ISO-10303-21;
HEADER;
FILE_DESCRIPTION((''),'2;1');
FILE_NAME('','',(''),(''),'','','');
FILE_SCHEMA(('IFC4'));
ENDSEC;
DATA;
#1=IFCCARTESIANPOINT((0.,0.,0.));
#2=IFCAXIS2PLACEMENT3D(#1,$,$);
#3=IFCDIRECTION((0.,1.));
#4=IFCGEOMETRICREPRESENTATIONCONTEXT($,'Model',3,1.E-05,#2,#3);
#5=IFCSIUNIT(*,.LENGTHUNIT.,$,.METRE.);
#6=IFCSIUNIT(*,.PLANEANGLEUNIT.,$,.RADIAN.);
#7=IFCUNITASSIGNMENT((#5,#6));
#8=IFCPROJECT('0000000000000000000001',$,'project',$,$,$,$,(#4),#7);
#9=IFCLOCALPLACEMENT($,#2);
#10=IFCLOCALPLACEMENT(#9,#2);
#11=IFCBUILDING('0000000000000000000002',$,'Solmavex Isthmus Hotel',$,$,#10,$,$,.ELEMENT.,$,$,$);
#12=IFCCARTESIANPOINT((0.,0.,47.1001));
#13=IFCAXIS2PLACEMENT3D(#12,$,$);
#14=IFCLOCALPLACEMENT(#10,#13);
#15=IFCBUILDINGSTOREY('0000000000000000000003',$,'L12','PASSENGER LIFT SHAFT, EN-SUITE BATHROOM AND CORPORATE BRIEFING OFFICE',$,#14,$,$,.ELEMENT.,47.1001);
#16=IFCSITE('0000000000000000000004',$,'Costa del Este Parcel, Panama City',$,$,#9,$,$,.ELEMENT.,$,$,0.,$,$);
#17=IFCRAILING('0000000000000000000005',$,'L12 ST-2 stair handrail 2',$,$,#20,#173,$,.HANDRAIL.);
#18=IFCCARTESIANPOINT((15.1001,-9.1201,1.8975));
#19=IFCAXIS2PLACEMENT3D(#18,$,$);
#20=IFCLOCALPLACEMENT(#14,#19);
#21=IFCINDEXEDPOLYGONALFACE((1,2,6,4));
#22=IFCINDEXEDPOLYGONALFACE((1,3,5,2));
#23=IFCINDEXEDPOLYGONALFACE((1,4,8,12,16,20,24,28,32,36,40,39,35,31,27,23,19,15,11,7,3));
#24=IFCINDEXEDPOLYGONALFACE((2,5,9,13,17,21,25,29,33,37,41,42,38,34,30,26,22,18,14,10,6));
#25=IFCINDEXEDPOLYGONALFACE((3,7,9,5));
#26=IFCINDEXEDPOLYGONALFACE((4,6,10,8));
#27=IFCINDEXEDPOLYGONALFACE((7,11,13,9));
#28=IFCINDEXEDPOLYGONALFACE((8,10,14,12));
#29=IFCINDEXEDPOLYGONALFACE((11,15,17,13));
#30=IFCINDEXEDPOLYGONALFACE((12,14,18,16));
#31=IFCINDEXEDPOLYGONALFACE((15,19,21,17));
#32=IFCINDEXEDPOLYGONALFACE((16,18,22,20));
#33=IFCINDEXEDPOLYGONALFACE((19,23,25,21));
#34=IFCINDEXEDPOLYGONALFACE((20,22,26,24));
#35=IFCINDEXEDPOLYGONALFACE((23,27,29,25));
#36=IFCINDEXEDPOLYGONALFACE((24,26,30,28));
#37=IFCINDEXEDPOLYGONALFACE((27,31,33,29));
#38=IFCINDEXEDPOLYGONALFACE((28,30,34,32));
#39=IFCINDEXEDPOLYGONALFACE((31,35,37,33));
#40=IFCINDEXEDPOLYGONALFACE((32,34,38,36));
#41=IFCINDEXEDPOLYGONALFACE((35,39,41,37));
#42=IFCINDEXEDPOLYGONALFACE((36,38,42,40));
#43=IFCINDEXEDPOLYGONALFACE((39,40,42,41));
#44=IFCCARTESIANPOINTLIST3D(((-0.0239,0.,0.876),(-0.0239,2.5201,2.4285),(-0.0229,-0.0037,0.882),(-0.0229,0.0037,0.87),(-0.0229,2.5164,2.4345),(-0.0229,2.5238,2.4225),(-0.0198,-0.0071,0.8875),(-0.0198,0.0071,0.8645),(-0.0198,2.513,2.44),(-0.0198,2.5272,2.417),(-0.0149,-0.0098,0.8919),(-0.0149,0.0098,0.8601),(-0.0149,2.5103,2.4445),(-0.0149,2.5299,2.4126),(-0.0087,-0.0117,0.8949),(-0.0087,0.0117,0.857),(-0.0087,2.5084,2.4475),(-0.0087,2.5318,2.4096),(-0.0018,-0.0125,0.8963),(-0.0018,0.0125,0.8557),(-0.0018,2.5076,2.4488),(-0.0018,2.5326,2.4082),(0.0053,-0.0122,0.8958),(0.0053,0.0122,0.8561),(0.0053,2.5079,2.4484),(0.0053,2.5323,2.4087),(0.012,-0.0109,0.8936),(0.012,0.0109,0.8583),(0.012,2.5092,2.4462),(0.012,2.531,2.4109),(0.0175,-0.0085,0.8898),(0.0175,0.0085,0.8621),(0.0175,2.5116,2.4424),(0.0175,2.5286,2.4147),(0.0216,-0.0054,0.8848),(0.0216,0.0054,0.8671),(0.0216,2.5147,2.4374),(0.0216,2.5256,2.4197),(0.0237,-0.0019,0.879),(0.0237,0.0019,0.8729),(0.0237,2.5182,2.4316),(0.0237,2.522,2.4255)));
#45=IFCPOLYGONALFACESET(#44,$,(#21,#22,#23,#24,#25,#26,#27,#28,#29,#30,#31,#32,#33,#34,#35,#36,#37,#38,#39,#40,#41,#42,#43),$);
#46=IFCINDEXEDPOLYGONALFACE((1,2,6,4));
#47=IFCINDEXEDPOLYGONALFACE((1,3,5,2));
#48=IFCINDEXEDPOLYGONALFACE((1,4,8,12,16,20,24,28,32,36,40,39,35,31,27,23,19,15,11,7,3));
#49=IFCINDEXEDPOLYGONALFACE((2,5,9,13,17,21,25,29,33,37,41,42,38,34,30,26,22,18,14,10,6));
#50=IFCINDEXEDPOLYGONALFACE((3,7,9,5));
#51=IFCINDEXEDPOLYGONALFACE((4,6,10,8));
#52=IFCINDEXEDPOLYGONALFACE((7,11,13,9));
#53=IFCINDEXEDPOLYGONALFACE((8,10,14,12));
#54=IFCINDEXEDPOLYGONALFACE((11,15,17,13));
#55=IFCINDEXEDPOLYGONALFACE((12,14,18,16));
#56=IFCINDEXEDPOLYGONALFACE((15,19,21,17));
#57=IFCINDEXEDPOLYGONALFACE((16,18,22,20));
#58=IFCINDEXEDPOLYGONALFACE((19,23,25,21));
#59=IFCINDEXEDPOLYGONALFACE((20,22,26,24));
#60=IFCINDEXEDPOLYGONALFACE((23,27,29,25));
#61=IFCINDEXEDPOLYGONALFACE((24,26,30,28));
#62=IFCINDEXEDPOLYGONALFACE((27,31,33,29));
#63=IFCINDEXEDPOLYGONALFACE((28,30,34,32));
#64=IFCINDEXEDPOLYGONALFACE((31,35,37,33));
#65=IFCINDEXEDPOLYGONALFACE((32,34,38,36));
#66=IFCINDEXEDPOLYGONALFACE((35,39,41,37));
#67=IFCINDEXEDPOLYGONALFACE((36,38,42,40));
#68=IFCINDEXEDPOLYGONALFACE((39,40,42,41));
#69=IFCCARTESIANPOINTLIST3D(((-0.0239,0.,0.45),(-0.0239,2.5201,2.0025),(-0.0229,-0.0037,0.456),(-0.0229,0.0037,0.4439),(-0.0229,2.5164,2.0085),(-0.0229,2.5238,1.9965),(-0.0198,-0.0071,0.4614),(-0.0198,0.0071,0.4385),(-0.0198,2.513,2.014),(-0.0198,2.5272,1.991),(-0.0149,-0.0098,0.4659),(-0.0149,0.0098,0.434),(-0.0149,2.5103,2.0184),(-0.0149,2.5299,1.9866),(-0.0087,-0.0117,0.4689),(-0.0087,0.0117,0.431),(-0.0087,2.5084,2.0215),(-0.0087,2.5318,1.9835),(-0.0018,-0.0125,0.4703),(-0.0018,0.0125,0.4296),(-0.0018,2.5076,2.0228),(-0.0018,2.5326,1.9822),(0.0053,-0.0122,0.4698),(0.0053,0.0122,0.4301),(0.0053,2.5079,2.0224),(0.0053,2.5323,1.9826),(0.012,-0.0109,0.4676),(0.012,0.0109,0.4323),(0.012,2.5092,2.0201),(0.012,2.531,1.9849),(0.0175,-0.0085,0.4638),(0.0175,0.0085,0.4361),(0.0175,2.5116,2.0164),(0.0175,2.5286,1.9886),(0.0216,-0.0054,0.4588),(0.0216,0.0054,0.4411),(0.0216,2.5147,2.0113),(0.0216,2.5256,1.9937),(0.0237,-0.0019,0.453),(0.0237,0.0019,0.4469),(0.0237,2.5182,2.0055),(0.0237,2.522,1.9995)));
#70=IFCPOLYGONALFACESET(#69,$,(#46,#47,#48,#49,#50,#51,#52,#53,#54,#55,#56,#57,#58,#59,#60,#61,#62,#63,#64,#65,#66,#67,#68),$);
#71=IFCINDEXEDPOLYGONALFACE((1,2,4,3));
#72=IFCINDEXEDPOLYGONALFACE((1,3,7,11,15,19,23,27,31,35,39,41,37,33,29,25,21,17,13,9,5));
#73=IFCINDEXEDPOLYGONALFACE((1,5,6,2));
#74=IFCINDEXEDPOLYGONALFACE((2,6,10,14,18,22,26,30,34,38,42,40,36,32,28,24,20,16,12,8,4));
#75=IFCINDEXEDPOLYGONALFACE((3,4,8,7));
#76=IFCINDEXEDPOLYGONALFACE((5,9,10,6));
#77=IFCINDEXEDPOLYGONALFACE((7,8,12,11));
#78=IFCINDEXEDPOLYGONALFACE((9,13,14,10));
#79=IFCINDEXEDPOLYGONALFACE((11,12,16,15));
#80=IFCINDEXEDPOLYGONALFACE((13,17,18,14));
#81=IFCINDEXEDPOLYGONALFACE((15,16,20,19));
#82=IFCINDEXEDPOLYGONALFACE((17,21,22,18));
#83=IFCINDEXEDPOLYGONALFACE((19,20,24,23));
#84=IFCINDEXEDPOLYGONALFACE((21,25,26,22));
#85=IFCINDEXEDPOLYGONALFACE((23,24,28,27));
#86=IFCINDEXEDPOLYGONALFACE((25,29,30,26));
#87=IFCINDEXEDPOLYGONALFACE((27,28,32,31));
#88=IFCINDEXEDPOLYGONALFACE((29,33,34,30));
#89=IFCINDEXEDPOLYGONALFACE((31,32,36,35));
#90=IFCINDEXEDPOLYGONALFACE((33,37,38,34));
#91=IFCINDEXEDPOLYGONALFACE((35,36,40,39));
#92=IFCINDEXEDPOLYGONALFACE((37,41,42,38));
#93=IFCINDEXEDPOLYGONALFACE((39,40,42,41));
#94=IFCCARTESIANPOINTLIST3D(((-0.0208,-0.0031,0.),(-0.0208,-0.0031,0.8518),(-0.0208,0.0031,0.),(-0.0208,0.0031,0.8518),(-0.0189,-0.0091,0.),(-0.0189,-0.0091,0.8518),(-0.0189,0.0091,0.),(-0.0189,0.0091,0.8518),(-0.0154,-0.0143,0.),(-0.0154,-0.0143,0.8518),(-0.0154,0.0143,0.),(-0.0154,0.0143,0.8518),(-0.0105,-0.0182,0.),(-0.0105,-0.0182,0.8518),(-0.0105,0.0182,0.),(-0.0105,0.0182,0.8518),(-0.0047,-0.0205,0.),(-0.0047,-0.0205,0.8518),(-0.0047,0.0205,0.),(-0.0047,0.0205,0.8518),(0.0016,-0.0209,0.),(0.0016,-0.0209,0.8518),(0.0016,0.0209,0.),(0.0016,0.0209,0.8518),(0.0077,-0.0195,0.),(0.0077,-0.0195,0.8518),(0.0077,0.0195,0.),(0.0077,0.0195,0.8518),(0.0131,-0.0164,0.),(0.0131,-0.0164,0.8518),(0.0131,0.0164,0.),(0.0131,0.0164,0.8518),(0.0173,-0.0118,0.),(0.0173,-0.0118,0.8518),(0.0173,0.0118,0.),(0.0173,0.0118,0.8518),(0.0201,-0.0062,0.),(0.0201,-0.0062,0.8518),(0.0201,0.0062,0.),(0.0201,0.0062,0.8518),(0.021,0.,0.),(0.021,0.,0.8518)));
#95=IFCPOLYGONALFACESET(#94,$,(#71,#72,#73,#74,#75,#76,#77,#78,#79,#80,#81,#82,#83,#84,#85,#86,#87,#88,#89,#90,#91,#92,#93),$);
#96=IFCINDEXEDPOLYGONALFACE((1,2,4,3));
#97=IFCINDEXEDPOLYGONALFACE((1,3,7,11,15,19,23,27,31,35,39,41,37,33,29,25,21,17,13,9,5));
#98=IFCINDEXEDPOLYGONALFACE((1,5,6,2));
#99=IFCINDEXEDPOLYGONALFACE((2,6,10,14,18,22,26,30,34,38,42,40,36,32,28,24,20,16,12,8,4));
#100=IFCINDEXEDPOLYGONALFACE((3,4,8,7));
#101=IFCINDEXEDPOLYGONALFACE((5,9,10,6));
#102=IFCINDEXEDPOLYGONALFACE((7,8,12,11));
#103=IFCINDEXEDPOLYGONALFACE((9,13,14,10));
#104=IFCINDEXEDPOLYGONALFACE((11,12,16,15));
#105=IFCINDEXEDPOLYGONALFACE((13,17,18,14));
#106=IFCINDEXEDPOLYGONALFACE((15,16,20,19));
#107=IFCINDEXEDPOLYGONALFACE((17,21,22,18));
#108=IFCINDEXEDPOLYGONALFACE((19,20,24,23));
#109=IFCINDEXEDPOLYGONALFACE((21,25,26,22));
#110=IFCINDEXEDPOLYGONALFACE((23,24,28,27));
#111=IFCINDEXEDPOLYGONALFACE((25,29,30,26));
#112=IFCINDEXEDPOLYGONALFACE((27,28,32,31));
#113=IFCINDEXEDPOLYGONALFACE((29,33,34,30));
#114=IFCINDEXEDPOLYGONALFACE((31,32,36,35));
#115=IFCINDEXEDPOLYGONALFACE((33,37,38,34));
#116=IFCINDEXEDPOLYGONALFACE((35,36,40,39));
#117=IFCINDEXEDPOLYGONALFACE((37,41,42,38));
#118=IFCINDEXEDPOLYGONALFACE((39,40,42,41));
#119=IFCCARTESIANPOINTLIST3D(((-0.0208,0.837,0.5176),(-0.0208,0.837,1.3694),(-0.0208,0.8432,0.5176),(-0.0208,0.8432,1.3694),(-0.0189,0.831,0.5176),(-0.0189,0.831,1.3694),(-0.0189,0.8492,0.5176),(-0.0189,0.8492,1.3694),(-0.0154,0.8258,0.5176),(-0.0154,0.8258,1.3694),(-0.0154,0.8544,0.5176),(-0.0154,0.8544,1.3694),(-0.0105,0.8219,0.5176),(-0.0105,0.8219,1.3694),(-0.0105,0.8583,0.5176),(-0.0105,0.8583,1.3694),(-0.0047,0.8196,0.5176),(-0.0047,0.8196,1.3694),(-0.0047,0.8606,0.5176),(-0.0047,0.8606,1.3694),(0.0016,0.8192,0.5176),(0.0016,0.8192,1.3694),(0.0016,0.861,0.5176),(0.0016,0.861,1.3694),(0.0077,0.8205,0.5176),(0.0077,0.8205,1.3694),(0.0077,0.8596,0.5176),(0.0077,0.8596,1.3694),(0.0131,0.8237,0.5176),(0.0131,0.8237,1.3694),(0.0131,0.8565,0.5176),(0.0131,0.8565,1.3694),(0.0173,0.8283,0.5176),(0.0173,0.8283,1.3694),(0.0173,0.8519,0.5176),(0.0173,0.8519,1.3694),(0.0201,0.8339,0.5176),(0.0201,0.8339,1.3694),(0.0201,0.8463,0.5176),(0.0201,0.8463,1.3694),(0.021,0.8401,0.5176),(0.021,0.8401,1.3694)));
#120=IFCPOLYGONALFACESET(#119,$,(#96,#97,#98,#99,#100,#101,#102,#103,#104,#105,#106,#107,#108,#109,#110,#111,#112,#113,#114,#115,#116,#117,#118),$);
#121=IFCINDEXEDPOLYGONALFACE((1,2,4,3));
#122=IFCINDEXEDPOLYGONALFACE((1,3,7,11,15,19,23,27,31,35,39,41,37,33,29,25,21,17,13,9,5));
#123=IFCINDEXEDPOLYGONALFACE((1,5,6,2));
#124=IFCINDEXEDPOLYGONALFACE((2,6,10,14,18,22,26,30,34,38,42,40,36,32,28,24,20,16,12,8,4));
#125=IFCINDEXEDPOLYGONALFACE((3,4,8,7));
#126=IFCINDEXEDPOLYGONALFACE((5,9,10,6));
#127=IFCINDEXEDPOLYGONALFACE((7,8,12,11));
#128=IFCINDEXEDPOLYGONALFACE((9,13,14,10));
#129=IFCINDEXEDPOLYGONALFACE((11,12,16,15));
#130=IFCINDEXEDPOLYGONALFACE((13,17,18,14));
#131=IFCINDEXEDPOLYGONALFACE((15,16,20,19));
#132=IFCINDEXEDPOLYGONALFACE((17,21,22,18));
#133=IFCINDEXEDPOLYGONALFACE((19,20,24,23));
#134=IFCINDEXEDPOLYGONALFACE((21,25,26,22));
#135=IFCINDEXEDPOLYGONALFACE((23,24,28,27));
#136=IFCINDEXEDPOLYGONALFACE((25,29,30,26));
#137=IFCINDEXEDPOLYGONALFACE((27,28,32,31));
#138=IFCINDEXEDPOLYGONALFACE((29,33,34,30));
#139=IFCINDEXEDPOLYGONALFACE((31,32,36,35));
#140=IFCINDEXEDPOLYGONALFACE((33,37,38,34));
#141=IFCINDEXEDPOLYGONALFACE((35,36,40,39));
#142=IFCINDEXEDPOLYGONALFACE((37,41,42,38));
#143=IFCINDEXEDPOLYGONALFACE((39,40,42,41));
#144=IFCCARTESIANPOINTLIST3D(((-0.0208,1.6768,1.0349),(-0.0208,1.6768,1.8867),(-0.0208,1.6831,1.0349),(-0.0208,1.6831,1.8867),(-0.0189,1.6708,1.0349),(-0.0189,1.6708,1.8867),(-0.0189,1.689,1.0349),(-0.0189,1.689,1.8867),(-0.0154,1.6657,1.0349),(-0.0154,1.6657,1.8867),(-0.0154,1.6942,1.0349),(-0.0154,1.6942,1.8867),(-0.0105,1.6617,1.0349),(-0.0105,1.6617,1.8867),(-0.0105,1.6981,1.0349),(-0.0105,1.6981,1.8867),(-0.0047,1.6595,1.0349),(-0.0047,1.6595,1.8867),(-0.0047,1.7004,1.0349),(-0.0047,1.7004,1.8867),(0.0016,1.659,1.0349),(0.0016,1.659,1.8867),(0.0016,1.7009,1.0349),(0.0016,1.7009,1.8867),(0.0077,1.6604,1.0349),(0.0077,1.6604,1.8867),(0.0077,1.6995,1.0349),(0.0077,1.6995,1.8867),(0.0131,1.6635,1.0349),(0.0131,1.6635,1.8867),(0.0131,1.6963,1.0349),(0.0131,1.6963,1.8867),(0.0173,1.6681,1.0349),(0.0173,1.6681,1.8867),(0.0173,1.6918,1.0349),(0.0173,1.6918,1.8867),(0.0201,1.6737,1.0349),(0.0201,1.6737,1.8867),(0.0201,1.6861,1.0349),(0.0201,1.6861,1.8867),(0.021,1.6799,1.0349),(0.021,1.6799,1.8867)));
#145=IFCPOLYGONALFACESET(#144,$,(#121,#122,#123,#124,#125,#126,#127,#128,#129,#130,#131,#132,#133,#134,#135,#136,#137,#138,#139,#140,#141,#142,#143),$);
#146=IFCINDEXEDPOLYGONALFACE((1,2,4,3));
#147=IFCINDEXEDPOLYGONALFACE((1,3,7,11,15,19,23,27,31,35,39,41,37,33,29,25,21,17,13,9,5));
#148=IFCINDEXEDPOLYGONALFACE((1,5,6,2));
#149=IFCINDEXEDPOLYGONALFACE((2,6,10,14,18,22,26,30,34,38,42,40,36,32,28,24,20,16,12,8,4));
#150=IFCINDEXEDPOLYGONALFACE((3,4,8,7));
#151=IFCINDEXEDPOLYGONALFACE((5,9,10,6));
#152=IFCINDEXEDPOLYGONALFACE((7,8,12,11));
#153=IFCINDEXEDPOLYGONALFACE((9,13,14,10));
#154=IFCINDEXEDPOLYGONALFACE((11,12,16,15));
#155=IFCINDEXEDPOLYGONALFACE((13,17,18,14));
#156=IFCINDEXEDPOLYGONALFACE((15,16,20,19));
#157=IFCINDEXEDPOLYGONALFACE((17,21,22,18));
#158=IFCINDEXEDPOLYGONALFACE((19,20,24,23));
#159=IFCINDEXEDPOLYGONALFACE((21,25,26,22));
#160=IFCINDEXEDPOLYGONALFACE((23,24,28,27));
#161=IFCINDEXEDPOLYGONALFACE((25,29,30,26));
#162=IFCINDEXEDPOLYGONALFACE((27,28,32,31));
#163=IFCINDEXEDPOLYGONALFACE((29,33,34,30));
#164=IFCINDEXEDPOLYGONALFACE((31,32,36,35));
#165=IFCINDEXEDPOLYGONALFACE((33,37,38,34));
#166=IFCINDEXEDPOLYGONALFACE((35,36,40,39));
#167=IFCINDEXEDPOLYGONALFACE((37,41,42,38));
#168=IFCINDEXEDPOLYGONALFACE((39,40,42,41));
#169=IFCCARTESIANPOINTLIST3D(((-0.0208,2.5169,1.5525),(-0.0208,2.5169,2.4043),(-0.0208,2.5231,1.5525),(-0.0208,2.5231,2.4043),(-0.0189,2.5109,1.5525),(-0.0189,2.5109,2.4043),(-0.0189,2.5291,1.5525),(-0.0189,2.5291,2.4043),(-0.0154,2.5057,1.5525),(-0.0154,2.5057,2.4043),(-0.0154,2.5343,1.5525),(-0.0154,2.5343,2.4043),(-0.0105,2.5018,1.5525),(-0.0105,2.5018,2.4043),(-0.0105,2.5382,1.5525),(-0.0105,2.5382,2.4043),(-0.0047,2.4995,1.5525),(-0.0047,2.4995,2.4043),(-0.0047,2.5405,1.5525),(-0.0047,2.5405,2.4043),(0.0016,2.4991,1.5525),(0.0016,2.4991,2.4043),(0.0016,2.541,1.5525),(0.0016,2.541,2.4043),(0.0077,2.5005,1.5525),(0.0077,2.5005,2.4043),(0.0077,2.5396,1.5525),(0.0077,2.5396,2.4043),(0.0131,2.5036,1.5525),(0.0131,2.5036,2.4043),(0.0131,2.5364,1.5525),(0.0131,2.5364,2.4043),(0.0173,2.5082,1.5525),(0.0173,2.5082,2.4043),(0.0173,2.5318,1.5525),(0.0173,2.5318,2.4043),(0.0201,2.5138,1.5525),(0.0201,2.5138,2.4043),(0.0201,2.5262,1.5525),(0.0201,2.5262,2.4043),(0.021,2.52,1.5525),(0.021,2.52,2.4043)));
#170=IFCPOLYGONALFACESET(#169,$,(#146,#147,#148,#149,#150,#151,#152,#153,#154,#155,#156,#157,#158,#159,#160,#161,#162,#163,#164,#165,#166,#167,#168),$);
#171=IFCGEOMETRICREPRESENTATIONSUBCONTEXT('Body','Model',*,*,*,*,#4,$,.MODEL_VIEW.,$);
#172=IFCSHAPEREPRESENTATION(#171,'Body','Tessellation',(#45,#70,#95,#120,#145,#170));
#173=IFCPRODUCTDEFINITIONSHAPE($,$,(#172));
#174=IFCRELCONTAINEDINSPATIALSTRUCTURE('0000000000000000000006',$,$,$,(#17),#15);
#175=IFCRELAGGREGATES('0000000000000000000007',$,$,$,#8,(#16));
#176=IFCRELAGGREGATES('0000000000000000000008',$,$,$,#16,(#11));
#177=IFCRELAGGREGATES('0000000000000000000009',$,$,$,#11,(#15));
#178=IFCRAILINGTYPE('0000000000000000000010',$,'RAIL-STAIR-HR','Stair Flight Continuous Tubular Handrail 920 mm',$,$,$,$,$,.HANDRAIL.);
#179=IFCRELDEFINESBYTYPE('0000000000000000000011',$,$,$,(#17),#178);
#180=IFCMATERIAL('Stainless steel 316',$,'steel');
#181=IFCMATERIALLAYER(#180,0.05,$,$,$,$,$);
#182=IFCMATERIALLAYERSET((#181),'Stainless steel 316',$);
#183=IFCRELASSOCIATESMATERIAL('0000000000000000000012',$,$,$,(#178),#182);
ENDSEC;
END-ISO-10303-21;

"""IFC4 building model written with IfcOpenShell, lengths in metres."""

from ifc_helpers import new_model, si_unit, direction, frame, origin, origin_2d, place, context, subcontext, project, spatial, circle, extrude, material, layer, layer_set, type_object, element, save


model = new_model("IFC4")

# Units and contexts
model_context = context("Model", 3, precision=1e-05, world=origin(), true_north=direction((0.0, 1.0)))
body_context = subcontext(model_context, "Body", "Model", "MODEL_VIEW")
ifc_project = project(units=[si_unit("LENGTHUNIT", "METRE"), si_unit("PLANEANGLEUNIT", "RADIAN")], contexts=[model_context])

# Site, building, storey
site_placement = place(None, origin())
site = spatial("IfcSite", under=ifc_project, at=site_placement, Name="Costa del Este Parcel, Panama City", CompositionType="ELEMENT", RefElevation=0.0)
building_placement = place(site_placement, origin())
building = spatial("IfcBuilding", under=site, at=building_placement, Name="Solmavex Isthmus Hotel", CompositionType="ELEMENT")
storey_placement = place(building_placement, frame((0.0, 0.0, 47.1001)))
storey = spatial("IfcBuildingStorey", under=building, at=storey_placement, Name="L12", Description="PASSENGER LIFT SHAFT, EN-SUITE BATHROOM AND CORPORATE BRIEFING OFFICE", CompositionType="ELEMENT", Elevation=47.1001)

# Railing
ifc_material_1 = material(Name="Stainless steel 316", Category="steel")
ifc_layer_1 = layer(ifc_material_1, 0.05)
ifc_layer_set_1 = layer_set([ifc_layer_1], Name="Stainless steel 316")
railing_type_1 = type_object("IfcRailingType", Name="RAIL-STAIR-HR", Description="Stair Flight Continuous Tubular Handrail 920 mm", PredefinedType="HANDRAIL", material=ifc_layer_set_1)
railing_1_placement = place(storey_placement, frame((15.1001, -9.1201, 1.8975)))
element("IfcRailing", 1, at=railing_1_placement, inside=storey, type_object=railing_type_1, Name="L12 ST-2 stair handrail 2", PredefinedType="HANDRAIL", context=body_context, shape_type="SweptSolid", body=[
    extrude(circle(Radius=0.0239, at=origin_2d()), frame((0.0, 0.0, 0.876), z_axis=(0.0, 0.8514, 0.524516), x_axis=(-1.0, 0.0, 0.0)), (0.0, 0.0, 1.0), 2.96),
    extrude(circle(Radius=0.0239, at=origin_2d()), frame((0.0, 0.0, 0.45), z_axis=(0.0, 0.8514, 0.524516), x_axis=(-1.0, 0.0, 0.0)), (0.0, 0.0, 1.0), 2.96),
    extrude(circle(Radius=0.021, at=origin_2d()), origin(), (0.0, 0.0, 1.0), 0.8518),
    extrude(circle(Radius=0.021, at=origin_2d()), frame((0.0, 0.8401, 0.5176)), (0.0, 0.0, 1.0), 0.8518),
    extrude(circle(Radius=0.021, at=origin_2d()), frame((0.0, 1.6799, 1.0349)), (0.0, 0.0, 1.0), 0.8518),
    extrude(circle(Radius=0.021, at=origin_2d()), frame((0.0, 2.52, 1.5525)), (0.0, 0.0, 1.0), 0.8518),
])

save(model, "model.ifc")
